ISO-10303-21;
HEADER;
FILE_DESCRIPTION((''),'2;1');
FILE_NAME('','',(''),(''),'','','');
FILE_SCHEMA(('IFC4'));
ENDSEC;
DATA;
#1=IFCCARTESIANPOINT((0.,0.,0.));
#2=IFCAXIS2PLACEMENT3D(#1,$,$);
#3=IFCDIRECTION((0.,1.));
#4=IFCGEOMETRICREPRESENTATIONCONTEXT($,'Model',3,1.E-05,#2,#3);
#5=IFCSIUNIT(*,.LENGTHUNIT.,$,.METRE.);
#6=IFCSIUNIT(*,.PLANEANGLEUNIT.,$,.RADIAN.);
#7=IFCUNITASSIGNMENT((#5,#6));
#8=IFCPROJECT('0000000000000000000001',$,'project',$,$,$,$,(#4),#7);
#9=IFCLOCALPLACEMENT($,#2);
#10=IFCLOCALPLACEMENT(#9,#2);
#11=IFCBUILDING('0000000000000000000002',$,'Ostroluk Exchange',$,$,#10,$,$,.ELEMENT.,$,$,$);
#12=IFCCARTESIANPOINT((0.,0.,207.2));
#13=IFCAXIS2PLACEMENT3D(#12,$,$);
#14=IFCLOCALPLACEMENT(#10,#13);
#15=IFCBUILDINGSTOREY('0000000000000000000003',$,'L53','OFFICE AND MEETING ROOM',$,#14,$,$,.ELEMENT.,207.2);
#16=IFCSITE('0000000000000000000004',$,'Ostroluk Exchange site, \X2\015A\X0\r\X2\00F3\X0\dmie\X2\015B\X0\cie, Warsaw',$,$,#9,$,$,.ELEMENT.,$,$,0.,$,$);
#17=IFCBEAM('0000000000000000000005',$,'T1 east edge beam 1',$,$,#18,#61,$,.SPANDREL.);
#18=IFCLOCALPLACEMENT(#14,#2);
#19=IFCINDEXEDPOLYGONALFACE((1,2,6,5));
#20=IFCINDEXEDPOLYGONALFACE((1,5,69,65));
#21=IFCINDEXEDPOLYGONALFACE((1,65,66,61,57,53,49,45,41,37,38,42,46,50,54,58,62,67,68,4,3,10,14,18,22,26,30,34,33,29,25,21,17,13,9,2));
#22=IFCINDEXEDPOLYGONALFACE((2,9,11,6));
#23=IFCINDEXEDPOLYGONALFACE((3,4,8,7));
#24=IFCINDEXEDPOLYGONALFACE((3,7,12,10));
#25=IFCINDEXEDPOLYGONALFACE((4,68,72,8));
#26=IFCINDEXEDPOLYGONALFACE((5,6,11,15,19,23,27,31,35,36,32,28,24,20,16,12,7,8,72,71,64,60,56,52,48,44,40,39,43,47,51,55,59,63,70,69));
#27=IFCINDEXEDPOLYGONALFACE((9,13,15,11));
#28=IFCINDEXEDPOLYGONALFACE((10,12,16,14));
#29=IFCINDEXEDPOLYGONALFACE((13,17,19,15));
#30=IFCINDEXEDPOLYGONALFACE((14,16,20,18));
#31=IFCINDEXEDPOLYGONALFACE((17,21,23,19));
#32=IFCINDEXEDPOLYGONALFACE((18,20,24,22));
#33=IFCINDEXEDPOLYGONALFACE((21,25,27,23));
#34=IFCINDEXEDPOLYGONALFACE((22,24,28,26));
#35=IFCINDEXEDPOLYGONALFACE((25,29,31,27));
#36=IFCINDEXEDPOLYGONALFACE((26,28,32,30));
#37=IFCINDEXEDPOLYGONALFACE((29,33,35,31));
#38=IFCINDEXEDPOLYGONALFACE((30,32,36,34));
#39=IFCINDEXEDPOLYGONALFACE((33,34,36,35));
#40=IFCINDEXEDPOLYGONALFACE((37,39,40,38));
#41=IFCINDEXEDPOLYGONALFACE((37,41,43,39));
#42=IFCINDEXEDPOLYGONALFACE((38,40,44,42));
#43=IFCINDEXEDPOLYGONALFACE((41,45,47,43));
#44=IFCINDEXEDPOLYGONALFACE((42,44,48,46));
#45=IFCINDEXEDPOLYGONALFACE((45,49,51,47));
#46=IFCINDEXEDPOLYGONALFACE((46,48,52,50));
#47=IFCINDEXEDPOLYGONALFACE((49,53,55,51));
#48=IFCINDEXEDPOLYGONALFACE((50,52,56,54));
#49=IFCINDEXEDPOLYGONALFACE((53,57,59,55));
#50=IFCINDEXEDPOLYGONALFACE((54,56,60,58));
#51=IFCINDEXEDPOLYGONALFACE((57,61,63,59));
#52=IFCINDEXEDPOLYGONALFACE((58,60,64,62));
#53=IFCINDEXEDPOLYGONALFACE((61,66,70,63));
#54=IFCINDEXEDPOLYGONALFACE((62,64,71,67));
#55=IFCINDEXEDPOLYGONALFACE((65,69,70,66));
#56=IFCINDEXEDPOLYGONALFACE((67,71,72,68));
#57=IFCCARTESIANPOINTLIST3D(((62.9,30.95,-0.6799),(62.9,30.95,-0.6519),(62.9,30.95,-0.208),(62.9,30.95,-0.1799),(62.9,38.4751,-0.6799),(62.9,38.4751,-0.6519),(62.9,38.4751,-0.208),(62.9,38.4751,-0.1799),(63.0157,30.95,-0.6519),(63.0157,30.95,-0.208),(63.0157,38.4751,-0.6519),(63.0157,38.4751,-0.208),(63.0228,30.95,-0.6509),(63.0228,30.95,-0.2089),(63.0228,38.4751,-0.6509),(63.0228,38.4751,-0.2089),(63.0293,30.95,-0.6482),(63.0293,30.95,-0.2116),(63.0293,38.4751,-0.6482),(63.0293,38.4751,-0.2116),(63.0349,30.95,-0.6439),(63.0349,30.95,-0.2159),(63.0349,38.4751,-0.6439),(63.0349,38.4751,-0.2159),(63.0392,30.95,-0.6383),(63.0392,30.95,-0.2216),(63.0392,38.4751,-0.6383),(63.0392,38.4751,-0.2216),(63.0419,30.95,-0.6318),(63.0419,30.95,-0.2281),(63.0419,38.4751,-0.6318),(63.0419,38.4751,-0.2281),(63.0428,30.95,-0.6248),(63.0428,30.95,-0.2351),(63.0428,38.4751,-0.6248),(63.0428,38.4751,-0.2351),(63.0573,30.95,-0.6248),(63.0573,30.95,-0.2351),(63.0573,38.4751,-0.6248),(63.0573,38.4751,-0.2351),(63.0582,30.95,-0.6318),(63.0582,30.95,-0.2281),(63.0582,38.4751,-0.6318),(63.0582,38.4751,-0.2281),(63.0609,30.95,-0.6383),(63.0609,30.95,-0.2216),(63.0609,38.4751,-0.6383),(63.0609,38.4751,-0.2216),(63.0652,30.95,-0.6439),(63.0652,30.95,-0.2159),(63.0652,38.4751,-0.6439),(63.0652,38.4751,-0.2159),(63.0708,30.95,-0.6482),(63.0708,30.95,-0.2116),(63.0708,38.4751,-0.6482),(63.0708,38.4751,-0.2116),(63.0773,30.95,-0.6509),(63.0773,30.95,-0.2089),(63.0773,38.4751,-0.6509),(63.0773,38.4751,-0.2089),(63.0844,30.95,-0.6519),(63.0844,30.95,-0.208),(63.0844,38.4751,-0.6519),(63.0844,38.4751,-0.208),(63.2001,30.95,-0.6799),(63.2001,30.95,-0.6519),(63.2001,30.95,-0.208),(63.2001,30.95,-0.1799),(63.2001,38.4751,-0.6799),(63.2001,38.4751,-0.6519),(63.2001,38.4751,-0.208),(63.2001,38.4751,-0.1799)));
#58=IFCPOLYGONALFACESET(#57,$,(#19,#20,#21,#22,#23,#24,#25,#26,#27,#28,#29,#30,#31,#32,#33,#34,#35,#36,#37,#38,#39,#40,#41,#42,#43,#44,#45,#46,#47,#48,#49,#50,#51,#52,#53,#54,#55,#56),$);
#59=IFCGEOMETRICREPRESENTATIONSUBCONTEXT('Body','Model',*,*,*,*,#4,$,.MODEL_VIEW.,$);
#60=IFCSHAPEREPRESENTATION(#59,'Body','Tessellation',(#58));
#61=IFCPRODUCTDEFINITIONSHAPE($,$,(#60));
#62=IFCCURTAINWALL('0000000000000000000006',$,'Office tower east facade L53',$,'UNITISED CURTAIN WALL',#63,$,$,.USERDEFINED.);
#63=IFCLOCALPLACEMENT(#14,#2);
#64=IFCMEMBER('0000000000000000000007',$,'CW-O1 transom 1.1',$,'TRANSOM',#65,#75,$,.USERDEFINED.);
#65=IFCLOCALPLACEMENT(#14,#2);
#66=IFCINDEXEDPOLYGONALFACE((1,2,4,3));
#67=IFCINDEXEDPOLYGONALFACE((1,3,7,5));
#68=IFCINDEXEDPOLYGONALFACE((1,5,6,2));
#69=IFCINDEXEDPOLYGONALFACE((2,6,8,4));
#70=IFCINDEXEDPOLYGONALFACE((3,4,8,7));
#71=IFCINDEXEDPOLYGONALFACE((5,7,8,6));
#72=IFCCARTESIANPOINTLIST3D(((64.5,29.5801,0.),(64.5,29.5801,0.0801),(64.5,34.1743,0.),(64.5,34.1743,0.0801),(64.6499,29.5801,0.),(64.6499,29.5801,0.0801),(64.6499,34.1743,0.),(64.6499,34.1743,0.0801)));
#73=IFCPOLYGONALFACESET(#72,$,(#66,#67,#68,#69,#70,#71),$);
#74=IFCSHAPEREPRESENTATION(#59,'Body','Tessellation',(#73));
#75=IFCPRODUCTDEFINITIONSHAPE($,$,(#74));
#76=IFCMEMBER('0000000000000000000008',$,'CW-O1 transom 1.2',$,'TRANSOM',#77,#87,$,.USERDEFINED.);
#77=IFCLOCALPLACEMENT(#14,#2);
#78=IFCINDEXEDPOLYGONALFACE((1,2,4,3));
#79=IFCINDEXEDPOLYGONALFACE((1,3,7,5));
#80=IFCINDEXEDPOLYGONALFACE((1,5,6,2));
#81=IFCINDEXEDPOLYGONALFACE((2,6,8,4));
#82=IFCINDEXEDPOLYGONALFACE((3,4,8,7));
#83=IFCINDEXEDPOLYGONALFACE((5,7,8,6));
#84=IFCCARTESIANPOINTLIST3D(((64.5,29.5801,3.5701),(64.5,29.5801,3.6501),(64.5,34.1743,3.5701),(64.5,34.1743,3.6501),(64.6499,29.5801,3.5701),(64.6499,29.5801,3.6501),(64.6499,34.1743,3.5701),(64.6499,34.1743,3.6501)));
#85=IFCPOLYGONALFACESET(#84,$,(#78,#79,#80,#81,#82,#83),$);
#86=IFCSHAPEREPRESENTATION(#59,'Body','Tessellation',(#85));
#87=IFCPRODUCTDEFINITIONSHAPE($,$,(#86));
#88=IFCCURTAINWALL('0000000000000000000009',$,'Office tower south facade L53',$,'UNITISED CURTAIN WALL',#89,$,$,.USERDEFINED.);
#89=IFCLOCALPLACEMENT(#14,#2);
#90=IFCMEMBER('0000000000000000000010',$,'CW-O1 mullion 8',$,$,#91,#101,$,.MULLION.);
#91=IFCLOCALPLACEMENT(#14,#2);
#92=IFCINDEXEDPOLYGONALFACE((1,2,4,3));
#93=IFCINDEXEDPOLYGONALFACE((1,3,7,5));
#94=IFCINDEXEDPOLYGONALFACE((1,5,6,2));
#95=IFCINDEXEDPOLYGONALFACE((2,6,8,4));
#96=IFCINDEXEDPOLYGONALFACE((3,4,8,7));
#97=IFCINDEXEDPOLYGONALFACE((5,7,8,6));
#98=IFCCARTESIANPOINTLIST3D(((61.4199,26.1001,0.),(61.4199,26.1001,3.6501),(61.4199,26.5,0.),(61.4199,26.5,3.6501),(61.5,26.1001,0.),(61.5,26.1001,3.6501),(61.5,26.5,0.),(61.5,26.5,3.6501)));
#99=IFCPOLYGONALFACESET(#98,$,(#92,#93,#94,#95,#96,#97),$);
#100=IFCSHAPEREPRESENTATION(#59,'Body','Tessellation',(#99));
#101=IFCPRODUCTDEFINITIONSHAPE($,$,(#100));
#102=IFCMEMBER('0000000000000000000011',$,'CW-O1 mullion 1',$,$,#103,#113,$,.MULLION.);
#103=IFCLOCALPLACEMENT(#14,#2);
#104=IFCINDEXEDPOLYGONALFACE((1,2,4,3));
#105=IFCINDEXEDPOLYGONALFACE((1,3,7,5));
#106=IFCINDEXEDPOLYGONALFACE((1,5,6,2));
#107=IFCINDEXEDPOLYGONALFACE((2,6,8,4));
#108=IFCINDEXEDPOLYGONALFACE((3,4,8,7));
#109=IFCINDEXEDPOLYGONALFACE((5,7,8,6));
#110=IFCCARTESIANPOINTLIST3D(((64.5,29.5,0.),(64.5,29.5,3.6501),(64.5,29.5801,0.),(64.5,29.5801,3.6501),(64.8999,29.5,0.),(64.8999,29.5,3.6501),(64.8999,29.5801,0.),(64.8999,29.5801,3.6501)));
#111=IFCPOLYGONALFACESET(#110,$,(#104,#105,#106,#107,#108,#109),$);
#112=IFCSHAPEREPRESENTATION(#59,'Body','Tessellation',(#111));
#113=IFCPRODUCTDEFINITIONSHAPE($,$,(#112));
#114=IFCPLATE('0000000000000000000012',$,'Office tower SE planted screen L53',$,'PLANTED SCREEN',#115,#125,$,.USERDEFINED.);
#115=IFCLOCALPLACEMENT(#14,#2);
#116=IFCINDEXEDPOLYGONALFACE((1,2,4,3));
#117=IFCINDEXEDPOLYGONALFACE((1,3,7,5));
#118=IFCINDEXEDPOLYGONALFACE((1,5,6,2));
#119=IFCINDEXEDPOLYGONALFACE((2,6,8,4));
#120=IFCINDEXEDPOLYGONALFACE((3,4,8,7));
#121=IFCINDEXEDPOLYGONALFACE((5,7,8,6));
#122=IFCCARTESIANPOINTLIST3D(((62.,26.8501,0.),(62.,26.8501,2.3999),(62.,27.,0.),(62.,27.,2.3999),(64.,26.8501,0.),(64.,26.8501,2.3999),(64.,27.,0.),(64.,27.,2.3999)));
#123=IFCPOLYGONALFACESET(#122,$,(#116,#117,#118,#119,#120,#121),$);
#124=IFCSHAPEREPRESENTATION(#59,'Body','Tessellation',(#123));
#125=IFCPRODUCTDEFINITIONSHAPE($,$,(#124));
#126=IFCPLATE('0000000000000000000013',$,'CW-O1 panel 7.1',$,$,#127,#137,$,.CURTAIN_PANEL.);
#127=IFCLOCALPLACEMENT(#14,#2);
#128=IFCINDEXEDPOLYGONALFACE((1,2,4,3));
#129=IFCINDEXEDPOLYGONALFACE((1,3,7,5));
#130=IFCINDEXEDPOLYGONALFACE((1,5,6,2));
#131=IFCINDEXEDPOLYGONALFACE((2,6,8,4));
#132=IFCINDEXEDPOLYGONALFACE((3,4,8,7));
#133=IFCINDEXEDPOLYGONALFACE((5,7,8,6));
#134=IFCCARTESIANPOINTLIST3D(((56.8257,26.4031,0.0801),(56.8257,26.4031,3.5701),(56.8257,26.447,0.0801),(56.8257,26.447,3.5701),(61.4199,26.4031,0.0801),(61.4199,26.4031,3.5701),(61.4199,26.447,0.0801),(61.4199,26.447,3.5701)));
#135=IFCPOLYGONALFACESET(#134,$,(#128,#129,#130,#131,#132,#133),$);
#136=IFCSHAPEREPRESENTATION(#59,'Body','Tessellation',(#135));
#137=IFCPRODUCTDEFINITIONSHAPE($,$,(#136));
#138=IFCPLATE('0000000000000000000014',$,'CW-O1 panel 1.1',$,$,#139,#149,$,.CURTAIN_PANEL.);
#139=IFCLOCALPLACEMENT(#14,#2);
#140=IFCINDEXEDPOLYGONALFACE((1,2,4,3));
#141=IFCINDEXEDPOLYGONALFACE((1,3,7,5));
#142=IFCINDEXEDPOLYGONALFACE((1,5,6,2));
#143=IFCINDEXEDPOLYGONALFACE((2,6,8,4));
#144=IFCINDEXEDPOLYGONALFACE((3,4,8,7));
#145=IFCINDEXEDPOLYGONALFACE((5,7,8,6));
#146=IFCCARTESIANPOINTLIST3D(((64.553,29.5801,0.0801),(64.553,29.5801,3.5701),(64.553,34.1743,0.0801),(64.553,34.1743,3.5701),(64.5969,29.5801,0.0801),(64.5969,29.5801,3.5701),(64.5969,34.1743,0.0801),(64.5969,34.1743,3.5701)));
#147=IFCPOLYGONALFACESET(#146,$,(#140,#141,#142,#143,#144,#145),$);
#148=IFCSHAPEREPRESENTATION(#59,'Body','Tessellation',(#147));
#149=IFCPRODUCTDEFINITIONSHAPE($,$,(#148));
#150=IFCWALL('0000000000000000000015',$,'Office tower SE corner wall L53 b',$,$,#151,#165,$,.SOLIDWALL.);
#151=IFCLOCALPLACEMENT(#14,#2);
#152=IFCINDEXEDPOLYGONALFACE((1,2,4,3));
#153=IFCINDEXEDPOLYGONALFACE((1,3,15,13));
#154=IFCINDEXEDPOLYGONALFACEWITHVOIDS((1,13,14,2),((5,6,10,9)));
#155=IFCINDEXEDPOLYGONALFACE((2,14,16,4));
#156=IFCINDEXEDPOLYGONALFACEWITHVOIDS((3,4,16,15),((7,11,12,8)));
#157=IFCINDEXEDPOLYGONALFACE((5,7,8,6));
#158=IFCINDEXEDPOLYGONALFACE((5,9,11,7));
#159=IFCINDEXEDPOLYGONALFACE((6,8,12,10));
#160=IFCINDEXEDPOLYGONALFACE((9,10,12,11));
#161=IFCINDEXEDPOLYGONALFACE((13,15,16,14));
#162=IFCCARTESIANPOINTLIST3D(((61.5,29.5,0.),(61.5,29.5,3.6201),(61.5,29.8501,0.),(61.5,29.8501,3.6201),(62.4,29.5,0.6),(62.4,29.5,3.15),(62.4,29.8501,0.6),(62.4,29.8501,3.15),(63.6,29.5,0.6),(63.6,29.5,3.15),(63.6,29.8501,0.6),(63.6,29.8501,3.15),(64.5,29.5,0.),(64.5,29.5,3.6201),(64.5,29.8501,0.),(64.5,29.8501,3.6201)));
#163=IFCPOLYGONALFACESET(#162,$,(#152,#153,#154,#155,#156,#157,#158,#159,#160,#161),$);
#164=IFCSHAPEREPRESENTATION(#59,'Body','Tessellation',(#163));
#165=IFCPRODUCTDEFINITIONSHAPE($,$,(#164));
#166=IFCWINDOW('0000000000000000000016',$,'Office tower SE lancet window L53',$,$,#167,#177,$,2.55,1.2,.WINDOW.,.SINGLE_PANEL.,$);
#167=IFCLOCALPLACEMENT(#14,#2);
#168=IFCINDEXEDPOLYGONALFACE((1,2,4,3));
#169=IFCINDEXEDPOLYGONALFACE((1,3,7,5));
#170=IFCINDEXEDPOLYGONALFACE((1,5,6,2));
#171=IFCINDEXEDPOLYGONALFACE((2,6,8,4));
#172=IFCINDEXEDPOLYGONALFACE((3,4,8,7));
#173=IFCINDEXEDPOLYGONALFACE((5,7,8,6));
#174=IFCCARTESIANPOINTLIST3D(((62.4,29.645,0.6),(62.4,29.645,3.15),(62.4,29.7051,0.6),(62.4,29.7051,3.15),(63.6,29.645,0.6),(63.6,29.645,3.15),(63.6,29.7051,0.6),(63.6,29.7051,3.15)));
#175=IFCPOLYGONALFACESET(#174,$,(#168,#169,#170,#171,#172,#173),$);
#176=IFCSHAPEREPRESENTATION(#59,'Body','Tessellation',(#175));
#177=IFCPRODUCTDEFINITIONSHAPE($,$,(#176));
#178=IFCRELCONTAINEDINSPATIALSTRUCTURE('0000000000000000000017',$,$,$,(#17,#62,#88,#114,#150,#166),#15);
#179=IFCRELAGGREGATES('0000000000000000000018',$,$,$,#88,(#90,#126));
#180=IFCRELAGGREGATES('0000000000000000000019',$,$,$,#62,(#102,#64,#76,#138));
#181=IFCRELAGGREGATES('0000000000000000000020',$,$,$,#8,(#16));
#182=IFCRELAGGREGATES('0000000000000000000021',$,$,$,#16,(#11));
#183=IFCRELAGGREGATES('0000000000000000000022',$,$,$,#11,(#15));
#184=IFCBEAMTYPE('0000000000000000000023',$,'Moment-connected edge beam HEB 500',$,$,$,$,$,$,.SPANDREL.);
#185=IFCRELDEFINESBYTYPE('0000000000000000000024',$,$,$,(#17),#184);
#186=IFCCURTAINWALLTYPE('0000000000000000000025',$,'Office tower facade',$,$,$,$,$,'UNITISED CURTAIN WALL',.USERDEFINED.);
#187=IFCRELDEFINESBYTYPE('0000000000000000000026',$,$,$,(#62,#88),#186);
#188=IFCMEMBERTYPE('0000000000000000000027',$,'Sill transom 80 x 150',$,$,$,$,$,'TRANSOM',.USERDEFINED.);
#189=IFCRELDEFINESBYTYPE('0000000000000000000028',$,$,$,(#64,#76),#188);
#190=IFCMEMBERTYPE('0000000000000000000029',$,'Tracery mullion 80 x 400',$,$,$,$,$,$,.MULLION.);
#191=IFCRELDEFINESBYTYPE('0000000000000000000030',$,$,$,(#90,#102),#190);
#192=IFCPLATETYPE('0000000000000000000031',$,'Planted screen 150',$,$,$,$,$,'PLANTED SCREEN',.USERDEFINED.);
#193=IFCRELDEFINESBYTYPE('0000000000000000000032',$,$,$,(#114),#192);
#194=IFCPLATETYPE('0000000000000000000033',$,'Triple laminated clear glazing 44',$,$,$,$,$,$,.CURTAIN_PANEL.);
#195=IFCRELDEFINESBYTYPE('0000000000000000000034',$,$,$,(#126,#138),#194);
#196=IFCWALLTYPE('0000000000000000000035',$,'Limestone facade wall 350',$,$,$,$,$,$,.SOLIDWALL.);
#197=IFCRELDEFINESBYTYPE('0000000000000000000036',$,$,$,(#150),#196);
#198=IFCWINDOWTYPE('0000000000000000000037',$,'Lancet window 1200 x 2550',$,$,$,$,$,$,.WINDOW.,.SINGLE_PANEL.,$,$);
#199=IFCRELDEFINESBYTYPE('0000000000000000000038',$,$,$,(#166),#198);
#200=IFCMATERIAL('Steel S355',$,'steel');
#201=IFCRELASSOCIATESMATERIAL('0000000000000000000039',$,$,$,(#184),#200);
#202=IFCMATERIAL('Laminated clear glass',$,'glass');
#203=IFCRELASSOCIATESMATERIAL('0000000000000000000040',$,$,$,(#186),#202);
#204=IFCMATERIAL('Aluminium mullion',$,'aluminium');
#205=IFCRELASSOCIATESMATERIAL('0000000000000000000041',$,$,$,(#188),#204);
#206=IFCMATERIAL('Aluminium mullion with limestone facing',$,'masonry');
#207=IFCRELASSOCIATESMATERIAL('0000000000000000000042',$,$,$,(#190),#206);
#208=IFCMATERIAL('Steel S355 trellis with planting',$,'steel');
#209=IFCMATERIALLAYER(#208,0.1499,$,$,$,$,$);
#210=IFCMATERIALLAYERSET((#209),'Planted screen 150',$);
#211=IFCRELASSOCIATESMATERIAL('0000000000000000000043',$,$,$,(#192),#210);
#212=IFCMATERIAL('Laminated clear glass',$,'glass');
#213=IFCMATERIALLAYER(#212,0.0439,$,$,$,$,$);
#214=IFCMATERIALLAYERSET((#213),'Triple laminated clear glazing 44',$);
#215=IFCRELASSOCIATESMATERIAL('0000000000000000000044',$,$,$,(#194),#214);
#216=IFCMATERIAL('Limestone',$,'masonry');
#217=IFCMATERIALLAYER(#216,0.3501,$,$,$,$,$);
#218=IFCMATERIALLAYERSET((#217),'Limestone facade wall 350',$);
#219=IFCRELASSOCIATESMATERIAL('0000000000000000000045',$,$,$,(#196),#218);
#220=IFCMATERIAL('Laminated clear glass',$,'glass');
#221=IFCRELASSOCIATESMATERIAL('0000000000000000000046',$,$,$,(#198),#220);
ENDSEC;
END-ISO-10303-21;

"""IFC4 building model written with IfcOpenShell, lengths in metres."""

from ifc_helpers import new_model, si_unit, direction, frame, frame_2d, origin, origin_2d, place, context, subcontext, project, spatial, rectangle, i_section, extrude, material, layer, layer_set, material_profile, profile_set, type_object, element, fill, aggregate, save


model = new_model("IFC4")

# Units and contexts
model_context = context("Model", 3, precision=1e-05, world=origin(), true_north=direction((0.0, 1.0)))
body_context = subcontext(model_context, "Body", "Model", "MODEL_VIEW")
ifc_project = project(units=[si_unit("LENGTHUNIT", "METRE"), si_unit("PLANEANGLEUNIT", "RADIAN")], contexts=[model_context])

# Site, building, storey
site_placement = place(None, origin())
site = spatial("IfcSite", under=ifc_project, at=site_placement, Name="Ostroluk Exchange site, Śródmieście, Warsaw", CompositionType="ELEMENT", RefElevation=0.0)
building_placement = place(site_placement, origin())
building = spatial("IfcBuilding", under=site, at=building_placement, Name="Ostroluk Exchange", CompositionType="ELEMENT")
storey_placement = place(building_placement, frame((0.0, 0.0, 207.2)))
storey = spatial("IfcBuildingStorey", under=building, at=storey_placement, Name="L53", Description="OFFICE AND MEETING ROOM", CompositionType="ELEMENT", Elevation=207.2)

# Beam
ifc_material_1 = material(Name="Steel S355", Category="steel")
ifc_material_profile_1 = material_profile(ifc_material_1, i_section(OverallWidth=0.3, OverallDepth=0.5, WebThickness=0.0144, FlangeThickness=0.0281, FilletRadius=0.0271, at=origin_2d()), Name="HEB 500")
ifc_profile_set_1 = profile_set([ifc_material_profile_1], Name="Steel S355")
beam_type_1 = type_object("IfcBeamType", Name="Moment-connected edge beam HEB 500", PredefinedType="SPANDREL", material=ifc_profile_set_1)
beam_1_placement = place(storey_placement, frame((63.05, 30.95, -0.4299), z_axis=(0.0, 1.0, 0.0), x_axis=(-1.0, 0.0, 0.0)))
element("IfcBeam", 1, at=beam_1_placement, inside=storey, type_object=beam_type_1, Name="T1 east edge beam 1", PredefinedType="SPANDREL", context=body_context, shape_type="SweptSolid", body=[
    extrude(i_section(OverallWidth=0.3, OverallDepth=0.5, WebThickness=0.0144, FlangeThickness=0.0281, FilletRadius=0.0271, at=origin_2d()), origin(), (0.0, 0.0, 1.0), 7.5251),
])

# Curtain wall, members
ifc_material_2 = material(Name="Laminated clear glass", Category="glass")
curtain_wall_type = type_object("IfcCurtainWallType", Name="Office tower facade", ElementType="UNITISED CURTAIN WALL", PredefinedType="USERDEFINED", material=ifc_material_2)
curtain_wall_1_placement = place(storey_placement, origin())
curtain_wall_1 = element("IfcCurtainWall", 2, at=curtain_wall_1_placement, inside=storey, type_object=curtain_wall_type, Name="Office tower east facade L53", ObjectType="UNITISED CURTAIN WALL", PredefinedType="USERDEFINED")
ifc_material_3 = material(Name="Aluminium mullion", Category="aluminium")
ifc_material_profile_2 = material_profile(ifc_material_3, rectangle(XDim=0.1499, YDim=0.0801, at=origin_2d()), Name="Sill transom 80 x 150")
ifc_profile_set_2 = profile_set([ifc_material_profile_2], Name="Aluminium mullion")
member_type_1 = type_object("IfcMemberType", Name="Sill transom 80 x 150", ElementType="TRANSOM", PredefinedType="USERDEFINED", material=ifc_profile_set_2)
member_1_placement = place(storey_placement, frame((64.575, 29.5801, 0.04), z_axis=(0.0, 1.0, 0.0), x_axis=(-1.0, 0.0, 0.0)))
member_1 = element("IfcMember", 3, at=member_1_placement, type_object=member_type_1, Name="CW-O1 transom 1.1", ObjectType="TRANSOM", PredefinedType="USERDEFINED", context=body_context, shape_type="SweptSolid", body=[
    extrude(rectangle(XDim=0.1499, YDim=0.0801, at=origin_2d()), origin(), (0.0, 0.0, 1.0), 4.5942),
])
member_2_placement = place(storey_placement, frame((64.575, 29.5801, 3.6101), z_axis=(0.0, 1.0, 0.0), x_axis=(-1.0, 0.0, 0.0)))
member_2 = element("IfcMember", 4, at=member_2_placement, type_object=member_type_1, Name="CW-O1 transom 1.2", ObjectType="TRANSOM", PredefinedType="USERDEFINED", context=body_context, shape_type="SweptSolid", body=[
    extrude(rectangle(XDim=0.1499, YDim=0.0801, at=origin_2d()), origin(), (0.0, 0.0, 1.0), 4.5942),
])

# Curtain wall, member
curtain_wall_2_placement = place(storey_placement, origin())
curtain_wall_2 = element("IfcCurtainWall", 5, at=curtain_wall_2_placement, inside=storey, type_object=curtain_wall_type, Name="Office tower south facade L53", ObjectType="UNITISED CURTAIN WALL", PredefinedType="USERDEFINED")
ifc_material_4 = material(Name="Aluminium mullion with limestone facing", Category="masonry")
ifc_material_profile_3 = material_profile(ifc_material_4, rectangle(XDim=0.3999, YDim=0.0801, at=origin_2d()), Name="Tracery mullion 80 x 400")
ifc_profile_set_3 = profile_set([ifc_material_profile_3], Name="Aluminium mullion with limestone facing")
member_type_2 = type_object("IfcMemberType", Name="Tracery mullion 80 x 400", PredefinedType="MULLION", material=ifc_profile_set_3)
member_3_placement = place(storey_placement, frame((61.46, 26.3, 0.0), z_axis=(0.0, 0.0, 1.0), x_axis=(0.0, 1.0, 0.0)))
member_3 = element("IfcMember", 6, at=member_3_placement, type_object=member_type_2, Name="CW-O1 mullion 8", PredefinedType="MULLION", context=body_context, shape_type="SweptSolid", body=[
    extrude(rectangle(XDim=0.3999, YDim=0.0801, at=origin_2d()), origin(), (0.0, 0.0, 1.0), 3.6501),
])

# Member
member_4_placement = place(storey_placement, frame((64.7, 29.54, 0.0), z_axis=(0.0, 0.0, 1.0), x_axis=(-1.0, 0.0, 0.0)))
member_4 = element("IfcMember", 7, at=member_4_placement, type_object=member_type_2, Name="CW-O1 mullion 1", PredefinedType="MULLION", context=body_context, shape_type="SweptSolid", body=[
    extrude(rectangle(XDim=0.3999, YDim=0.0801, at=origin_2d()), origin(), (0.0, 0.0, 1.0), 3.6501),
])

# Plates
ifc_material_5 = material(Name="Steel S355 trellis with planting", Category="steel")
ifc_layer_1 = layer(ifc_material_5, 0.1499)
ifc_layer_set_1 = layer_set([ifc_layer_1], Name="Planted screen 150")
plate_type_1 = type_object("IfcPlateType", Name="Planted screen 150", ElementType="PLANTED SCREEN", PredefinedType="USERDEFINED", material=ifc_layer_set_1)
plate_1_placement = place(storey_placement, frame((63.0, 26.925, 0.0), z_axis=(0.0, 0.0, 1.0), x_axis=(1.0, 0.0, 0.0)))
element("IfcPlate", 8, at=plate_1_placement, inside=storey, type_object=plate_type_1, Name="Office tower SE planted screen L53", ObjectType="PLANTED SCREEN", PredefinedType="USERDEFINED", context=body_context, shape_type="SweptSolid", body=[
    extrude(rectangle(XDim=2.0, YDim=0.1499, at=origin_2d()), origin(), (0.0, 0.0, 1.0), 2.3999),
])
ifc_material_6 = material(Name="Laminated clear glass", Category="glass")
ifc_layer_2 = layer(ifc_material_6, 0.0439)
ifc_layer_set_2 = layer_set([ifc_layer_2], Name="Triple laminated clear glazing 44")
plate_type_2 = type_object("IfcPlateType", Name="Triple laminated clear glazing 44", PredefinedType="CURTAIN_PANEL", material=ifc_layer_set_2)
plate_2_placement = place(storey_placement, frame((59.1228, 26.425, 0.0801), z_axis=(0.0, 0.0, 1.0), x_axis=(1.0, 0.0, 0.0)))
plate_2 = element("IfcPlate", 9, at=plate_2_placement, type_object=plate_type_2, Name="CW-O1 panel 7.1", PredefinedType="CURTAIN_PANEL", context=body_context, shape_type="SweptSolid", body=[
    extrude(rectangle(XDim=4.5942, YDim=0.0439, at=origin_2d()), origin(), (0.0, 0.0, 1.0), 3.49),
])
aggregate(curtain_wall_2, [member_3, plate_2])
plate_3_placement = place(storey_placement, frame((64.575, 31.8772, 0.0801), z_axis=(0.0, 0.0, 1.0), x_axis=(0.0, 1.0, 0.0)))
plate_3 = element("IfcPlate", 10, at=plate_3_placement, type_object=plate_type_2, Name="CW-O1 panel 1.1", PredefinedType="CURTAIN_PANEL", context=body_context, shape_type="SweptSolid", body=[
    extrude(rectangle(XDim=4.5942, YDim=0.0439, at=origin_2d()), origin(), (0.0, 0.0, 1.0), 3.49),
])
aggregate(curtain_wall_1, [member_4, member_1, member_2, plate_3])

# Shared definitions
ifc_material_7 = material(Name="Limestone", Category="masonry")
ifc_layer_3 = layer(ifc_material_7, 0.3501)
ifc_layer_set_3 = layer_set([ifc_layer_3], Name="Limestone facade wall 350")
wall_type_1 = type_object("IfcWallType", Name="Limestone facade wall 350", PredefinedType="SOLIDWALL", material=ifc_layer_set_3)

# Wall, opening, window
wall_1_placement = place(storey_placement, frame((61.5, 29.675, 0.0), z_axis=(0.0, 0.0, 1.0), x_axis=(1.0, 0.0, 0.0)))
wall_1 = element("IfcWall", 11, at=wall_1_placement, inside=storey, type_object=wall_type_1, Name="Office tower SE corner wall L53 b", PredefinedType="SOLIDWALL", context=body_context, shape_type="SweptSolid", body=[
    extrude(rectangle(XDim=3.0, YDim=0.3501, at=frame_2d((1.5, 0.0))), origin(), (0.0, 0.0, 1.0), 3.6201),
])
opening_1_placement = place(wall_1_placement, frame((0.8999, 0.0, 0.6001)))
opening_1 = element("IfcOpeningElement", 12, at=opening_1_placement, cuts=wall_1, PredefinedType="OPENING", context=body_context, shape_type="SweptSolid", body=[
    extrude(rectangle(XDim=1.2, YDim=2.55, at=frame_2d((0.6001, 1.2749))), frame((0.0, 0.1851, 0.0), z_axis=(0.0, -1.0, 0.0), x_axis=(1.0, 0.0, 0.0)), (0.0, 0.0, 1.0), 0.3701),
])
ifc_material_8 = material(Name="Laminated clear glass", Category="glass")
window_type = type_object("IfcWindowType", Name="Lancet window 1200 x 2550", PartitioningType="SINGLE_PANEL", PredefinedType="WINDOW", material=ifc_material_8)
window_placement = place(opening_1_placement, origin())
window = element("IfcWindow", 13, at=window_placement, inside=storey, type_object=window_type, Name="Office tower SE lancet window L53", OverallHeight=2.55, OverallWidth=1.2, PartitioningType="SINGLE_PANEL", PredefinedType="WINDOW", context=body_context, shape_type="SweptSolid", body=[
    extrude(rectangle(XDim=1.2, YDim=2.55, at=frame_2d((0.6001, 1.2749))), frame((0.0, 0.03, 0.0), z_axis=(0.0, -1.0, 0.0), x_axis=(1.0, 0.0, 0.0)), (0.0, 0.0, 1.0), 0.0601),
])
fill(opening_1, window)

save(model, "model.ifc")
